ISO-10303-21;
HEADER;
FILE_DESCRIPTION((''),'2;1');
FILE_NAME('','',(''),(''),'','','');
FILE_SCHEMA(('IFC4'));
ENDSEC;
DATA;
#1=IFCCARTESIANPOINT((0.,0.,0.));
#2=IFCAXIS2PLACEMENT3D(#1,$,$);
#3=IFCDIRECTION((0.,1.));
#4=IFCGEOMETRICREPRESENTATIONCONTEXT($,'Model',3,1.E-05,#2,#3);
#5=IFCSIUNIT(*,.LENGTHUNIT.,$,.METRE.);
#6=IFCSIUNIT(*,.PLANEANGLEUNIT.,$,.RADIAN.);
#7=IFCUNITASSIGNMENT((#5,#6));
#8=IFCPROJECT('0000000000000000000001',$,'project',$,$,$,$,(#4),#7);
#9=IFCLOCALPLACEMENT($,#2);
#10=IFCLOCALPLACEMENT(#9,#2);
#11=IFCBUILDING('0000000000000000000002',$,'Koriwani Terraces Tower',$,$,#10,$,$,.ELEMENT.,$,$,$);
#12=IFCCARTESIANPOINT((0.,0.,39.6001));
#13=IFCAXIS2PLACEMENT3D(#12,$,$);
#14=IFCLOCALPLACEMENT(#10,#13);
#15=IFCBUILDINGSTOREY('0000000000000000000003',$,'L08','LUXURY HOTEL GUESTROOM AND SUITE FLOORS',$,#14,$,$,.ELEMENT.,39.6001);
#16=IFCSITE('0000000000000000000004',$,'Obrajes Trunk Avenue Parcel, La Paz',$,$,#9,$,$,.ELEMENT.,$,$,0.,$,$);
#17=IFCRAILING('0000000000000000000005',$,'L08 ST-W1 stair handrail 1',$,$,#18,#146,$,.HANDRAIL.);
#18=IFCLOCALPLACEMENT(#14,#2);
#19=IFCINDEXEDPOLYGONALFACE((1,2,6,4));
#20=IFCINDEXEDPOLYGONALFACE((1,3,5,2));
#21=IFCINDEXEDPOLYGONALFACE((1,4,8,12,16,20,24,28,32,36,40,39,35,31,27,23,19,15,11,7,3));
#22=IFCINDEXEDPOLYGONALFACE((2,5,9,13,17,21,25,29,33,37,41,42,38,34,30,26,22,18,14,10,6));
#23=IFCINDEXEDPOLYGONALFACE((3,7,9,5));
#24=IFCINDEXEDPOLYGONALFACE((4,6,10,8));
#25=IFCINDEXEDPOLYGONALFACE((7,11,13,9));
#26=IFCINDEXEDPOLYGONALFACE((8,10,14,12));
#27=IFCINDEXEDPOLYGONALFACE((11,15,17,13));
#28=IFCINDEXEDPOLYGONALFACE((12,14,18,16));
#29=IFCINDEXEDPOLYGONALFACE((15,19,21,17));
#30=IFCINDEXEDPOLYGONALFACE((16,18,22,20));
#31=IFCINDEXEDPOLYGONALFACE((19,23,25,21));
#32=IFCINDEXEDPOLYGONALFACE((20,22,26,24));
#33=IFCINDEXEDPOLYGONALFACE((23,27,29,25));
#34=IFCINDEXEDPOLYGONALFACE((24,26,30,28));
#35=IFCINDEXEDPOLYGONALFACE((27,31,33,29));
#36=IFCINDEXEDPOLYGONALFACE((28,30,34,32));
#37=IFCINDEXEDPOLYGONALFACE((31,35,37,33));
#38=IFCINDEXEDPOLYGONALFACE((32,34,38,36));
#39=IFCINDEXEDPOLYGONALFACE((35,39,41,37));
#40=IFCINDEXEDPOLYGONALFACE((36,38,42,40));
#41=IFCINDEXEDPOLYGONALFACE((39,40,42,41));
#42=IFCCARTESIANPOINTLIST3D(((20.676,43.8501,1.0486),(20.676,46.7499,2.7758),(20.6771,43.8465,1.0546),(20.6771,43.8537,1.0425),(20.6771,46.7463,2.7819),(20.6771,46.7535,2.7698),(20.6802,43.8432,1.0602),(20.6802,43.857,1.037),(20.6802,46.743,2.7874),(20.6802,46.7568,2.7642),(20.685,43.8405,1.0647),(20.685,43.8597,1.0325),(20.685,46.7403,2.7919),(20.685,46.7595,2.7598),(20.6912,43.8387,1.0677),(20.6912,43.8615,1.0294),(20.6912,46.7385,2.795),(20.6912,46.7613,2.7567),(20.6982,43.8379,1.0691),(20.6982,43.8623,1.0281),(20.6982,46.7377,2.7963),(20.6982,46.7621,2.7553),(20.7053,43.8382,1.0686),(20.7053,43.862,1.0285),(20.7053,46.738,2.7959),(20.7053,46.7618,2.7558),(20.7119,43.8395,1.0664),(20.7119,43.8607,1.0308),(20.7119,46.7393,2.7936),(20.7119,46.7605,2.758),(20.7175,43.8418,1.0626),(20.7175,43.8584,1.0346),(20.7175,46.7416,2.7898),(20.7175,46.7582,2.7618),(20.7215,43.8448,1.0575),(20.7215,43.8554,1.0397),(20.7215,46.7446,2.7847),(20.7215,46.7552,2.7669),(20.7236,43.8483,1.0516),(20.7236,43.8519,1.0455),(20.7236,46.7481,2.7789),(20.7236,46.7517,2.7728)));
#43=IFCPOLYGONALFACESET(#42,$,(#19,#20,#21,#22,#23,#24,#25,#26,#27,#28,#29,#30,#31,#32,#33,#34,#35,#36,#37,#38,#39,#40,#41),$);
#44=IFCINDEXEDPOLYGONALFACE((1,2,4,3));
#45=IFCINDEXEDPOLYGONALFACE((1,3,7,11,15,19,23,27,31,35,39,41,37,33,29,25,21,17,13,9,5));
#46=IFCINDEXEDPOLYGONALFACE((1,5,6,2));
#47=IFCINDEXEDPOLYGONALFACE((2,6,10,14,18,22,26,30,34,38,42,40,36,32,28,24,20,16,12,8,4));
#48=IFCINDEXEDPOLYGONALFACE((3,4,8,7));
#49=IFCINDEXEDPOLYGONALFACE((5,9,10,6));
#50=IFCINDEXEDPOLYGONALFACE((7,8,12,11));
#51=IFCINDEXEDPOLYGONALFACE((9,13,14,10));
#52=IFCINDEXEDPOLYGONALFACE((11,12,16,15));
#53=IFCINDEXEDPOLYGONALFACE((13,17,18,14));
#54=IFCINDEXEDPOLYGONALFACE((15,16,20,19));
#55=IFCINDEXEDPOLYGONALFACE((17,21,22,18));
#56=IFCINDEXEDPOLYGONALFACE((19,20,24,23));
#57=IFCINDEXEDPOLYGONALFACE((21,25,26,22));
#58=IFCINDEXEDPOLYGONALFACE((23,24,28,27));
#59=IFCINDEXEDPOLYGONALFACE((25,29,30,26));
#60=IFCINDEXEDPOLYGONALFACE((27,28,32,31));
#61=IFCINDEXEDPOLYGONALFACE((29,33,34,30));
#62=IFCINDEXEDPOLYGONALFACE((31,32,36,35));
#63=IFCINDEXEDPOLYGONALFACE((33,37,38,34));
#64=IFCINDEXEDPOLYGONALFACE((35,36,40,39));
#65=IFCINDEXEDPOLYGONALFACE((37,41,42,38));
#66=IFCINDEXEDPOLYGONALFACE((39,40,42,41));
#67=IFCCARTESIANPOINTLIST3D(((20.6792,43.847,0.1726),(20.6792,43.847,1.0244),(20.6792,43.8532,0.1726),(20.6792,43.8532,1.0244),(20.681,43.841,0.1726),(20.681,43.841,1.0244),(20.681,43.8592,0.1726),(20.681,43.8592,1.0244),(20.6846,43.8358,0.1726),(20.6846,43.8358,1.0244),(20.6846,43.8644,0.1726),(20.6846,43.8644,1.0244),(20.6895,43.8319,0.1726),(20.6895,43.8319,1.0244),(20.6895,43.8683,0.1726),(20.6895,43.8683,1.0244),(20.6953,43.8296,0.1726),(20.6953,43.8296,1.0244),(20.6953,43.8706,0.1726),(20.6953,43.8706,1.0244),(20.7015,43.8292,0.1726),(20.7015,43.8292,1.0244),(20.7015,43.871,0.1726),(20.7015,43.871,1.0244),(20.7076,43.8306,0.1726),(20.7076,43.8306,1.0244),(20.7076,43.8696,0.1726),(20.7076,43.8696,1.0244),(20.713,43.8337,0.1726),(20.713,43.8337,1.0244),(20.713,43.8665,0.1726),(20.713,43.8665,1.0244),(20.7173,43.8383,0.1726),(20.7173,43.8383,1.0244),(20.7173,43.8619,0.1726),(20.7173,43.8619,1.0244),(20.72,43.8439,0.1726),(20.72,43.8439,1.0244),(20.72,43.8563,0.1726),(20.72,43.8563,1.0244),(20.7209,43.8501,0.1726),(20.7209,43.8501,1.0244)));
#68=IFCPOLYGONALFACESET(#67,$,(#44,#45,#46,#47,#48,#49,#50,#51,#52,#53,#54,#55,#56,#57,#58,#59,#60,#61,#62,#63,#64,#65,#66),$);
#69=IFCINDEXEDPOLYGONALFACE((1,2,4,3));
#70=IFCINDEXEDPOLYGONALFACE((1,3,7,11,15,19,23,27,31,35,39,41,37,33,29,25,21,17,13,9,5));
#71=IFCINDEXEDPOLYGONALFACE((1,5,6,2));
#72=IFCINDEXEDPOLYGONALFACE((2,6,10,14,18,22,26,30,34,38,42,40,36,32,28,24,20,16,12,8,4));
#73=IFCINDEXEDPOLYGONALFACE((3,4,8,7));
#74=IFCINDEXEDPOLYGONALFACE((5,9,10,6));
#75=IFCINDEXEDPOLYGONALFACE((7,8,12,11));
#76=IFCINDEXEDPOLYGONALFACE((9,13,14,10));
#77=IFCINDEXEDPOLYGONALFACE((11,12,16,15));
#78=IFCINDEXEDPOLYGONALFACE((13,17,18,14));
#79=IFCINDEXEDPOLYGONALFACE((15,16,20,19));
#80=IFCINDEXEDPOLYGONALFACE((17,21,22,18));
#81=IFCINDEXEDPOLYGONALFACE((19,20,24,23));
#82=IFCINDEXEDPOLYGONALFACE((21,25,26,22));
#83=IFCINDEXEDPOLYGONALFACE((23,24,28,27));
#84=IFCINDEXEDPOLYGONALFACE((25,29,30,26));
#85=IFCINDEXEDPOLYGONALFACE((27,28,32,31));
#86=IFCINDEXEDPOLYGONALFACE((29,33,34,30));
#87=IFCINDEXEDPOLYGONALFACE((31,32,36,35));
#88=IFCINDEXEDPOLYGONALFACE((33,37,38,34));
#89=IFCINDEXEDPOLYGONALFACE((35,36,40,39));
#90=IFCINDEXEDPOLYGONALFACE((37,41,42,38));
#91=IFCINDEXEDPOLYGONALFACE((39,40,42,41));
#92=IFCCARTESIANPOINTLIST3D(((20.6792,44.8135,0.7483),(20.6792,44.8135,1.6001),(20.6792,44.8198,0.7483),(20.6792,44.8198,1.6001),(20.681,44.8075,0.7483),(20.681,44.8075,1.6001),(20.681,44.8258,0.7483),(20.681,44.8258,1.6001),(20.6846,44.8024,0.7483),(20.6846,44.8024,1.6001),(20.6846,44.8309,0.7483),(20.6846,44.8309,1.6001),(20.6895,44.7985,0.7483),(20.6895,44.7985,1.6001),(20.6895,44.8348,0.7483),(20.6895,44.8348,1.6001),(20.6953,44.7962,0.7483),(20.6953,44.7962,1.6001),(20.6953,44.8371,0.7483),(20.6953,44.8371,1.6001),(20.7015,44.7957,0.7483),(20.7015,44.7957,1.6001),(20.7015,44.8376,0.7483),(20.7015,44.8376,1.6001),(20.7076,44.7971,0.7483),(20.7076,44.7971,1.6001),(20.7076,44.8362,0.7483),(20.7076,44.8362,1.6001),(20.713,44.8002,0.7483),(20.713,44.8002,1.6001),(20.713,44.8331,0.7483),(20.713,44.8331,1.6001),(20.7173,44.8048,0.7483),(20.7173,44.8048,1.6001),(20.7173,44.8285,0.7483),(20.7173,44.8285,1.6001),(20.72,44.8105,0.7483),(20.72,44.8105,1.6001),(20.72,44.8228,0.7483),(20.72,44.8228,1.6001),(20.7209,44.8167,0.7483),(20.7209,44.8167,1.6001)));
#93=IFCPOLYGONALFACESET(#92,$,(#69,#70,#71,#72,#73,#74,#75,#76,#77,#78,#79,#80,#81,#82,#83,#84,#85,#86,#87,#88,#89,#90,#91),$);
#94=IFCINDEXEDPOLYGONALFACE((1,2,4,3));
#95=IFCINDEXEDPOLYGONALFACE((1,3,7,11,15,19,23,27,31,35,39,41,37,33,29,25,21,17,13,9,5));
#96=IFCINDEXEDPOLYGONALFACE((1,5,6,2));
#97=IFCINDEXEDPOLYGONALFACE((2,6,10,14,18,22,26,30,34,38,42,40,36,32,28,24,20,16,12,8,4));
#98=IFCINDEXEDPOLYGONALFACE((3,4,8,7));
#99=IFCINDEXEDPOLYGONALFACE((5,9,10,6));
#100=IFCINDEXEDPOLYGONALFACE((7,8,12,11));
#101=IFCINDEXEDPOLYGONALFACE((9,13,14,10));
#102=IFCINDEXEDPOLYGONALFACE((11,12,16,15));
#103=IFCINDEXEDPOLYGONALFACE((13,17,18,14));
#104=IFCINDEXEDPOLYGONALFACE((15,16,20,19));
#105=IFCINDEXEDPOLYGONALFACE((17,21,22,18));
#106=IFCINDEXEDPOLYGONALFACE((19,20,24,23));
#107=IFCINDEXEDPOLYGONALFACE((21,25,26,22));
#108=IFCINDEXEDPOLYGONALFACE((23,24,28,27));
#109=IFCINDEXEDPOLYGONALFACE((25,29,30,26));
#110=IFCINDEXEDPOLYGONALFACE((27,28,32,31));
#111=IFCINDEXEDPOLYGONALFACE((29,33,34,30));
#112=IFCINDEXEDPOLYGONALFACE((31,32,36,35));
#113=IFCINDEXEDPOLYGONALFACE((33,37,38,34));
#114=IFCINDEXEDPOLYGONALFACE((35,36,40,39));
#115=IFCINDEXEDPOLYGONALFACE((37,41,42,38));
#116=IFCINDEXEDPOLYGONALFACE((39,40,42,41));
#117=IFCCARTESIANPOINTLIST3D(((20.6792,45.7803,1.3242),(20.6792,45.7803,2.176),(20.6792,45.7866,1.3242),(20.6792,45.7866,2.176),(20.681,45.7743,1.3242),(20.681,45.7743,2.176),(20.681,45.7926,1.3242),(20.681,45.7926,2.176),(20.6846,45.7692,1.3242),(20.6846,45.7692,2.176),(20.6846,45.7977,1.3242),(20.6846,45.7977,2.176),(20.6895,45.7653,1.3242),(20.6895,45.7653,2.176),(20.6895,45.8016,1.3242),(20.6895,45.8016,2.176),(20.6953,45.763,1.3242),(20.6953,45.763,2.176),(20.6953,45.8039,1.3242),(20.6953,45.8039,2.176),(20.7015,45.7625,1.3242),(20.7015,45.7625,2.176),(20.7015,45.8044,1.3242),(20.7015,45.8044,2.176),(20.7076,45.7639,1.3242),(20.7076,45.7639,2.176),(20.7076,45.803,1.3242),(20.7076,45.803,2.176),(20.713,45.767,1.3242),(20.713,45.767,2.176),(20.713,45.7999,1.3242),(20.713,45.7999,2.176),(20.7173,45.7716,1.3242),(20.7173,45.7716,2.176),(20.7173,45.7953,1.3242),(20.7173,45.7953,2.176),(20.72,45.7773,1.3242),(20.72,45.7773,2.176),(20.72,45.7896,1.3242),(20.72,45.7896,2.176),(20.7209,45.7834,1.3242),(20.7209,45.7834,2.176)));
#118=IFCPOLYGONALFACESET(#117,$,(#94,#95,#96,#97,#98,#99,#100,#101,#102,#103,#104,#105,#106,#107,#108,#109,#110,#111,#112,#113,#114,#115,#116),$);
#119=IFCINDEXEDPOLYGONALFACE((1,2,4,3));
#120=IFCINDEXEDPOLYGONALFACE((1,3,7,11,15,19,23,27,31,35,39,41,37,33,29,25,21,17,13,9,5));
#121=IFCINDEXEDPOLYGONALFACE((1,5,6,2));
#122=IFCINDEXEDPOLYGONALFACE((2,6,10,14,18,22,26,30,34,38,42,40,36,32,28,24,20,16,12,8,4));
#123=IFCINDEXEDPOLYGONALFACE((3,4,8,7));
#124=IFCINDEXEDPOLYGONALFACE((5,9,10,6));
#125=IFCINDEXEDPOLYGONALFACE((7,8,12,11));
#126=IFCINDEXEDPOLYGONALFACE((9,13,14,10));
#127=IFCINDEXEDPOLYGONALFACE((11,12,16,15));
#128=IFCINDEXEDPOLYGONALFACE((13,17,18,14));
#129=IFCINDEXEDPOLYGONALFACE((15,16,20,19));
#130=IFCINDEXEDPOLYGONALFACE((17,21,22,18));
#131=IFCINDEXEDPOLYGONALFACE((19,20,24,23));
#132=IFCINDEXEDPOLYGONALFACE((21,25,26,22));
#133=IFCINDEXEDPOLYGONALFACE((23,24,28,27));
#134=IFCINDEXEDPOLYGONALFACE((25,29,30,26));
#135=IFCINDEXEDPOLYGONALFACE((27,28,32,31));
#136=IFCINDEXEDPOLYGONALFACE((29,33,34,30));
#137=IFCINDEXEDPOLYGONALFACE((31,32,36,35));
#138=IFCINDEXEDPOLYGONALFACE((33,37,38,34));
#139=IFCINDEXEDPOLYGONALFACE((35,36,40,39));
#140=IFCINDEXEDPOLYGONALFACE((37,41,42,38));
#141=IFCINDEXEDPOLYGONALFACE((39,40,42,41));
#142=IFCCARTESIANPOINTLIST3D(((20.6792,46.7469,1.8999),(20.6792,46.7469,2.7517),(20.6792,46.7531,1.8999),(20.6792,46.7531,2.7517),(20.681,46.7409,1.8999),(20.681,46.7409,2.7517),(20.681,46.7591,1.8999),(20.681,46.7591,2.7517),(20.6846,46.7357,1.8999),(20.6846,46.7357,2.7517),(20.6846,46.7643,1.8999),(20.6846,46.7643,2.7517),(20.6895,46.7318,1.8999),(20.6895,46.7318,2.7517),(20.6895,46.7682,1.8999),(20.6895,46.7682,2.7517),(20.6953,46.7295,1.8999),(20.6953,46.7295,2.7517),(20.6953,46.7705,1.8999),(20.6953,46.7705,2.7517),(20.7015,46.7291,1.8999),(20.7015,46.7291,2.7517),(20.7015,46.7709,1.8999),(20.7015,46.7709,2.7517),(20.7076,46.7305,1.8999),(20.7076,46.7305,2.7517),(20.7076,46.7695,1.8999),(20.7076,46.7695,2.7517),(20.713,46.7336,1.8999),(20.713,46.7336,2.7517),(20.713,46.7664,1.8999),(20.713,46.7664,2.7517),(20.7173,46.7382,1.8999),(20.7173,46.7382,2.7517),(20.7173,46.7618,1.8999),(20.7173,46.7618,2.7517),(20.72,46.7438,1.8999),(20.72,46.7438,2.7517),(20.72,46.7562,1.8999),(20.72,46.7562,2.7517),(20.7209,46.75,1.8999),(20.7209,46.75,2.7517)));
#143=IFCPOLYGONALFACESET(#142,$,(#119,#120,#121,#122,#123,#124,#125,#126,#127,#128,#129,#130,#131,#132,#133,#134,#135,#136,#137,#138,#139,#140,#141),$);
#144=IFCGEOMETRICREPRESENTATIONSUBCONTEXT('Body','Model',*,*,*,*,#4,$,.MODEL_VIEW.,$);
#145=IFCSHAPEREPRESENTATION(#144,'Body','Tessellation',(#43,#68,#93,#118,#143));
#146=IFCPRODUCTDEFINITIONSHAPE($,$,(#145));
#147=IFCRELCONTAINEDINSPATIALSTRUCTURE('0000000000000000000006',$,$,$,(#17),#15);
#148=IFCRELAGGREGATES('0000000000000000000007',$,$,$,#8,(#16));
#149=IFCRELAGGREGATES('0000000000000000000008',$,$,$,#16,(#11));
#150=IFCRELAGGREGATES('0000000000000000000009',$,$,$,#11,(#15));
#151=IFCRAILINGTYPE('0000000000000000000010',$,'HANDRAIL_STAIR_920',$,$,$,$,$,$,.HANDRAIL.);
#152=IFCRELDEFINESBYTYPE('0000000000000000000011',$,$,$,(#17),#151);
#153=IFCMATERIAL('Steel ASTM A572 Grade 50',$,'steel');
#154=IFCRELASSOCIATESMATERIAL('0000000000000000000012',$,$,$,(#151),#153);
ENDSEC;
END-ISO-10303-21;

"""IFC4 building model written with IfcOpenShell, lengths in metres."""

from ifc_helpers import new_model, si_unit, direction, frame, origin, origin_2d, place, context, subcontext, project, spatial, circle, extrude, material, type_object, element, save


model = new_model("IFC4")

# Units and contexts
model_context = context("Model", 3, precision=1e-05, world=origin(), true_north=direction((0.0, 1.0)))
body_context = subcontext(model_context, "Body", "Model", "MODEL_VIEW")
ifc_project = project(units=[si_unit("LENGTHUNIT", "METRE"), si_unit("PLANEANGLEUNIT", "RADIAN")], contexts=[model_context])

# Site, building, storey
site_placement = place(None, origin())
site = spatial("IfcSite", under=ifc_project, at=site_placement, Name="Obrajes Trunk Avenue Parcel, La Paz", CompositionType="ELEMENT", RefElevation=0.0)
building_placement = place(site_placement, origin())
building = spatial("IfcBuilding", under=site, at=building_placement, Name="Koriwani Terraces Tower", CompositionType="ELEMENT")
storey_placement = place(building_placement, frame((0.0, 0.0, 39.6001)))
storey = spatial("IfcBuildingStorey", under=building, at=storey_placement, Name="L08", Description="LUXURY HOTEL GUESTROOM AND SUITE FLOORS", CompositionType="ELEMENT", Elevation=39.6001)

# Shared definitions
ifc_material_1 = material(Name="Steel ASTM A572 Grade 50", Category="steel")

# Railing
railing_type_1 = type_object("IfcRailingType", Name="HANDRAIL_STAIR_920", PredefinedType="HANDRAIL", material=ifc_material_1)
railing_1_placement = place(storey_placement, frame((20.7, 43.8501, 0.1726)))
element("IfcRailing", 1, at=railing_1_placement, inside=storey, type_object=railing_type_1, Name="L08 ST-W1 stair handrail 1", PredefinedType="HANDRAIL", context=body_context, shape_type="SweptSolid", body=[
    extrude(circle(Radius=0.0239, at=origin_2d()), frame((0.0, 0.0, 0.876), z_axis=(0.0, 0.859141, 0.511738), x_axis=(-1.0, 0.0, 0.0)), (0.0, 0.0, 1.0), 3.3752),
    extrude(circle(Radius=0.021, at=origin_2d()), origin(), (0.0, 0.0, 1.0), 0.8518),
    extrude(circle(Radius=0.021, at=origin_2d()), frame((0.0, 0.9666, 0.5757)), (0.0, 0.0, 1.0), 0.8518),
    extrude(circle(Radius=0.021, at=origin_2d()), frame((0.0, 1.9333, 1.1516)), (0.0, 0.0, 1.0), 0.8518),
    extrude(circle(Radius=0.021, at=origin_2d()), frame((0.0, 2.8999, 1.7273)), (0.0, 0.0, 1.0), 0.8518),
])

save(model, "model.ifc")
